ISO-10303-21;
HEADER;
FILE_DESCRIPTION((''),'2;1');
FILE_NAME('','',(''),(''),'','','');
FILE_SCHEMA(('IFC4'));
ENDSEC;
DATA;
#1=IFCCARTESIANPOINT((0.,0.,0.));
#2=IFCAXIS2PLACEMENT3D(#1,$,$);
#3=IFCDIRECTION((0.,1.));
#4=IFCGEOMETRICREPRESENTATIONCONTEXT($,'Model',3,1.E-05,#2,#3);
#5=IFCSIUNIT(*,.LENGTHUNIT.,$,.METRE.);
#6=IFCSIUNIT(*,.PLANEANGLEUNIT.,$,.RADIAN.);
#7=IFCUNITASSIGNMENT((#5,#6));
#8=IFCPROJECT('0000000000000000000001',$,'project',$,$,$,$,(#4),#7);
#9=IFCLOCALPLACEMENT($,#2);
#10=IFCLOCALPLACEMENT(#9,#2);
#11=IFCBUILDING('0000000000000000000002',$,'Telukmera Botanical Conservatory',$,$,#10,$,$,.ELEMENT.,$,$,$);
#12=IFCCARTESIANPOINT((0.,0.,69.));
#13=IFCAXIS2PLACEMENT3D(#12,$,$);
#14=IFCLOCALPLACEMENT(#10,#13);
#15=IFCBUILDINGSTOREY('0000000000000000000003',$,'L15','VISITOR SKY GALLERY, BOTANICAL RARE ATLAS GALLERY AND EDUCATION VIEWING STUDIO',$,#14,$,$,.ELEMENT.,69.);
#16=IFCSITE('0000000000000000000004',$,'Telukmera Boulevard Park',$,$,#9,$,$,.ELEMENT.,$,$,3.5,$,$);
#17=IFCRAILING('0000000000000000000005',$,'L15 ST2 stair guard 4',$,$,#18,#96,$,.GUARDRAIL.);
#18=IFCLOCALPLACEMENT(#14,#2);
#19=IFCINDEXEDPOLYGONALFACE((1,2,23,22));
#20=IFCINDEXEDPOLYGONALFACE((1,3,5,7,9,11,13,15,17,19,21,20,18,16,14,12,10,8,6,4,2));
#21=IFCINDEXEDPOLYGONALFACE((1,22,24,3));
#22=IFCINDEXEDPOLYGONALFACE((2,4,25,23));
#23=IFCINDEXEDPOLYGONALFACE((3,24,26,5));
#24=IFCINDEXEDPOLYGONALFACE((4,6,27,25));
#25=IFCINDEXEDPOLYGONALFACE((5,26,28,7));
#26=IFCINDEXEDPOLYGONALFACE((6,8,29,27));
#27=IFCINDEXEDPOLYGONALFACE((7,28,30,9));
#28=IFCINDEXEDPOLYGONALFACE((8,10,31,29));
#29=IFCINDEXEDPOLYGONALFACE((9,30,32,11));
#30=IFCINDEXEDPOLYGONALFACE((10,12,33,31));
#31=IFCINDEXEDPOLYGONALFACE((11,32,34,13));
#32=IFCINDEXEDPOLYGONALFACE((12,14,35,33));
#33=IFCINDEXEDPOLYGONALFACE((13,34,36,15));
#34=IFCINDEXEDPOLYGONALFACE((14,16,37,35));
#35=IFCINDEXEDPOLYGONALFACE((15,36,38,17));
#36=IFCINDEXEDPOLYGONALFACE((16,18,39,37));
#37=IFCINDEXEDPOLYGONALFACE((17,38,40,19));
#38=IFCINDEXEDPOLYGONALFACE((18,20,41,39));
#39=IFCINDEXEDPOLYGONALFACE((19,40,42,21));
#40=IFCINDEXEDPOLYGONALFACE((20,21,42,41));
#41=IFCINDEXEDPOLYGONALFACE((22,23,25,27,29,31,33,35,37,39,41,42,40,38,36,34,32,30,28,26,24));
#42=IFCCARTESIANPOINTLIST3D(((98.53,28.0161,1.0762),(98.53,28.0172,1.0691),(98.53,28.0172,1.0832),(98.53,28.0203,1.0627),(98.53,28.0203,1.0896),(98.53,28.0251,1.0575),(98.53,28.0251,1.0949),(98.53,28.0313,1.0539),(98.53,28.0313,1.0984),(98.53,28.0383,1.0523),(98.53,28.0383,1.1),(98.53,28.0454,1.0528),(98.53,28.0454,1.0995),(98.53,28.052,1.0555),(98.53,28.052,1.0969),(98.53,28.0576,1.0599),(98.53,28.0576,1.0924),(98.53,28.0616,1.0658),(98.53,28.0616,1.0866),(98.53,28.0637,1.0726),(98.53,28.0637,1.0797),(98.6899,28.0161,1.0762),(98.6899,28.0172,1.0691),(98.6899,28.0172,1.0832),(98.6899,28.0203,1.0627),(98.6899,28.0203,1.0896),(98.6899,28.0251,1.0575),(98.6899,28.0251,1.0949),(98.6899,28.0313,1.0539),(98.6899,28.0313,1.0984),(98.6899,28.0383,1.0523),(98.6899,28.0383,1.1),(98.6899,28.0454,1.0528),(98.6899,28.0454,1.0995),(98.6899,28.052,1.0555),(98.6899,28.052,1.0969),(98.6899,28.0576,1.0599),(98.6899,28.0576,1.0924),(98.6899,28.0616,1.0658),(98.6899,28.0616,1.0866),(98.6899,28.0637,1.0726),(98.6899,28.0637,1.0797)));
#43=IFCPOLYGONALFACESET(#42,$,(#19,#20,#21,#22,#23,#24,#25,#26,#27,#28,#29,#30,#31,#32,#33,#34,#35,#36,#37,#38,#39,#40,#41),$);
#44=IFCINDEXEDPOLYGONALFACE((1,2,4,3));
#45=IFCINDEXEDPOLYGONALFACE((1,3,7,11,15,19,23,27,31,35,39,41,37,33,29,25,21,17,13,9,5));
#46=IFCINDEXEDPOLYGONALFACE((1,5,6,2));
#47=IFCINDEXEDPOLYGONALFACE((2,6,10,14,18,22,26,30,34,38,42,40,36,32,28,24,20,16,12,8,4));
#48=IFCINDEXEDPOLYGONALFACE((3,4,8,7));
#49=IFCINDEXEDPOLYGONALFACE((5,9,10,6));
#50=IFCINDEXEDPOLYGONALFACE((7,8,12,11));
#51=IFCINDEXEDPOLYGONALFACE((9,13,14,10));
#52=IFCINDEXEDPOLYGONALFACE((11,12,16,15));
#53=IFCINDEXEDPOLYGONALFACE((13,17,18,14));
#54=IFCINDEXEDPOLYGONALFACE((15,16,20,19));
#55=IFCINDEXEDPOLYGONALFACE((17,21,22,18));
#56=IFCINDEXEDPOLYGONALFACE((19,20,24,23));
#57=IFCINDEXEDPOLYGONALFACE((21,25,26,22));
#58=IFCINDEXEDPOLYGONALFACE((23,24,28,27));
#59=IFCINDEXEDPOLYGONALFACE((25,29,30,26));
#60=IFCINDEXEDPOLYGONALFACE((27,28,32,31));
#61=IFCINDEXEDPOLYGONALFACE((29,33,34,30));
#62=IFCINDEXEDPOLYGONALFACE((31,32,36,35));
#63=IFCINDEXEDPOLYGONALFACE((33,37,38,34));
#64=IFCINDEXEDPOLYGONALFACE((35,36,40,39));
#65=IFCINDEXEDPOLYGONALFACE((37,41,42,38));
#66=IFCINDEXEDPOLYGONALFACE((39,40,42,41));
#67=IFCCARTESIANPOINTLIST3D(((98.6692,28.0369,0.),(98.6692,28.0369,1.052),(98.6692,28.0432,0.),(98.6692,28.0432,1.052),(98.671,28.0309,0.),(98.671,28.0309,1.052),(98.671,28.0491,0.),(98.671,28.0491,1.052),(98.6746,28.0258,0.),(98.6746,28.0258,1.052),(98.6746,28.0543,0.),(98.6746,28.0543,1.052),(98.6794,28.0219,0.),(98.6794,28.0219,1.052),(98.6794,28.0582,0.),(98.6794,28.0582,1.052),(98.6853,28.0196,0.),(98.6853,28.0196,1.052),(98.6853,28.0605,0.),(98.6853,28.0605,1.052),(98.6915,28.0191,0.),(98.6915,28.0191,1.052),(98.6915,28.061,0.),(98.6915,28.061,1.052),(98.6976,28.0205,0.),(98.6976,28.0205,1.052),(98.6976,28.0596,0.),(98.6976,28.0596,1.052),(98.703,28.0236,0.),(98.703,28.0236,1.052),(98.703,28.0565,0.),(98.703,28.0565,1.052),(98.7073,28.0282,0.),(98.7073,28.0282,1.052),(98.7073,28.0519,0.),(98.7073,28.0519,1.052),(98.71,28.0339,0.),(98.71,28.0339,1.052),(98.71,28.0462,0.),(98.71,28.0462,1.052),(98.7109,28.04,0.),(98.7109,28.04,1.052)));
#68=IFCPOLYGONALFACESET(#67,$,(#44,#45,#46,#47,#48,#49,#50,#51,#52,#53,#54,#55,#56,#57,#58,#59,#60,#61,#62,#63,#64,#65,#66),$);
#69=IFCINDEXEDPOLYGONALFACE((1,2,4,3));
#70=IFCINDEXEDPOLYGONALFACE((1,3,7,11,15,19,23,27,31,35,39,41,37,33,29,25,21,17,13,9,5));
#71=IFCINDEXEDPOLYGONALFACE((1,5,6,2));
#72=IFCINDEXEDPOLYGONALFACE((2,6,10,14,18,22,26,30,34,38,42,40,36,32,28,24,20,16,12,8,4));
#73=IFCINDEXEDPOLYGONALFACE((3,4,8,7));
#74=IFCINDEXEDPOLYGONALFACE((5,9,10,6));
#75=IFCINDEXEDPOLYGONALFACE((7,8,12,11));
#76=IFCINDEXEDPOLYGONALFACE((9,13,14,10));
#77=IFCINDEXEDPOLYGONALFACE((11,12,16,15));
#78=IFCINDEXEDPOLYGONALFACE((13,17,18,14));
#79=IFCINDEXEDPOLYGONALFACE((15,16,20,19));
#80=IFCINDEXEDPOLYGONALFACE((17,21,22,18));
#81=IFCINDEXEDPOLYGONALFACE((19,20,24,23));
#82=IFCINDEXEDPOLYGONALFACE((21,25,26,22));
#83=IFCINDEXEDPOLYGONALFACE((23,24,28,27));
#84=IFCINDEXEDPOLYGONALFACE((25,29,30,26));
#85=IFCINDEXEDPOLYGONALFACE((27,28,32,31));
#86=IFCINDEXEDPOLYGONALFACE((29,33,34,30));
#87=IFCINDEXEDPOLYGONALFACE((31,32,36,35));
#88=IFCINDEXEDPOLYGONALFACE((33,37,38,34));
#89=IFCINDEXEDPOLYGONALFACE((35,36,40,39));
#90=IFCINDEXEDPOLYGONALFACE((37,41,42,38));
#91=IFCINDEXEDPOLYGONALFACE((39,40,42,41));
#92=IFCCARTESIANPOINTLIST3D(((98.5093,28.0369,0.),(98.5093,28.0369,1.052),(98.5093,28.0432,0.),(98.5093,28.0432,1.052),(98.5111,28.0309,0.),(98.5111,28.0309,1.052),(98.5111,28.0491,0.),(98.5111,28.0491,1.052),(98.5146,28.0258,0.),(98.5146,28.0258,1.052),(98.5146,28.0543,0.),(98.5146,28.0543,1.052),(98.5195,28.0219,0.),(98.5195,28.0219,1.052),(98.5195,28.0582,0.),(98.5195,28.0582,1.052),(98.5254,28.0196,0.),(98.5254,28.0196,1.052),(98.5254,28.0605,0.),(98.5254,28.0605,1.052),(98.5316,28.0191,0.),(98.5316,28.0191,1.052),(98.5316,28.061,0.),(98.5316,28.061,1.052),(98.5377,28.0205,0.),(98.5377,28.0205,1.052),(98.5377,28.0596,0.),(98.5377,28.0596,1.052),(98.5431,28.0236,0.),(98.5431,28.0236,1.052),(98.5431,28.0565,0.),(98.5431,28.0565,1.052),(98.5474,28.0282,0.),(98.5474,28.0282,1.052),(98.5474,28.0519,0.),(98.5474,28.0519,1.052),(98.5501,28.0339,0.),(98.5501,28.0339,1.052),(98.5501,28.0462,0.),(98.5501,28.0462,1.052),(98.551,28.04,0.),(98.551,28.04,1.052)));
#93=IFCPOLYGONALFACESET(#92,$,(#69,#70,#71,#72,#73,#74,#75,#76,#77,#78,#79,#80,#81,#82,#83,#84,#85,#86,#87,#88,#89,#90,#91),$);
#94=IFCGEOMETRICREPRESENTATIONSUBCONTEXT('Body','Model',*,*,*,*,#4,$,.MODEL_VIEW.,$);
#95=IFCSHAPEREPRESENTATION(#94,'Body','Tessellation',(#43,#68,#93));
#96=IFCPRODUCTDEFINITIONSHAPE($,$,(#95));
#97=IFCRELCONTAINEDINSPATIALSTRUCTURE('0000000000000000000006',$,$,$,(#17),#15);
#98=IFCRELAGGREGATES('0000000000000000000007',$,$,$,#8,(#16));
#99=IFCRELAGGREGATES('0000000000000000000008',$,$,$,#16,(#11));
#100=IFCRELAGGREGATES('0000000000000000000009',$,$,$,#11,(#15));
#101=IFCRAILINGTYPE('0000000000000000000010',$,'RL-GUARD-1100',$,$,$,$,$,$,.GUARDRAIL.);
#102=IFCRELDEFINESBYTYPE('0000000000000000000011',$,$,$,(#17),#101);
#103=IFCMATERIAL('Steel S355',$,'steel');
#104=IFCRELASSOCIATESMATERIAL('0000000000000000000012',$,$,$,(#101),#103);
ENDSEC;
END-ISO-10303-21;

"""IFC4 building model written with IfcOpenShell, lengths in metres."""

from ifc_helpers import new_model, si_unit, direction, frame, origin, origin_2d, place, context, subcontext, project, spatial, circle, extrude, material, type_object, element, save


model = new_model("IFC4")

# Units and contexts
model_context = context("Model", 3, precision=1e-05, world=origin(), true_north=direction((0.0, 1.0)))
body_context = subcontext(model_context, "Body", "Model", "MODEL_VIEW")
ifc_project = project(units=[si_unit("LENGTHUNIT", "METRE"), si_unit("PLANEANGLEUNIT", "RADIAN")], contexts=[model_context])

# Site, building, storey
site_placement = place(None, origin())
site = spatial("IfcSite", under=ifc_project, at=site_placement, Name="Telukmera Boulevard Park", CompositionType="ELEMENT", RefElevation=3.5)
building_placement = place(site_placement, origin())
building = spatial("IfcBuilding", under=site, at=building_placement, Name="Telukmera Botanical Conservatory", CompositionType="ELEMENT")
storey_placement = place(building_placement, frame((0.0, 0.0, 69.0)))
storey = spatial("IfcBuildingStorey", under=building, at=storey_placement, Name="L15", Description="VISITOR SKY GALLERY, BOTANICAL RARE ATLAS GALLERY AND EDUCATION VIEWING STUDIO", CompositionType="ELEMENT", Elevation=69.0)

# Railing
ifc_material_1 = material(Name="Steel S355", Category="steel")
railing_type_1 = type_object("IfcRailingType", Name="RL-GUARD-1100", PredefinedType="GUARDRAIL", material=ifc_material_1)
railing_1_placement = place(storey_placement, frame((98.6899, 28.04, 0.0)))
element("IfcRailing", 1, at=railing_1_placement, inside=storey, type_object=railing_type_1, Name="L15 ST2 stair guard 4", PredefinedType="GUARDRAIL", context=body_context, shape_type="SweptSolid", body=[
    extrude(circle(Radius=0.0239, at=origin_2d()), frame((0.0, 0.0, 1.0762), z_axis=(-1.0, 0.0, 0.0), x_axis=(0.0, -1.0, 0.0)), (0.0, 0.0, 1.0), 0.1599),
    extrude(circle(Radius=0.021, at=origin_2d()), origin(), (0.0, 0.0, 1.0), 1.052),
    extrude(circle(Radius=0.021, at=origin_2d()), frame((-0.1599, 0.0, 0.0)), (0.0, 0.0, 1.0), 1.052),
])

save(model, "model.ifc")
